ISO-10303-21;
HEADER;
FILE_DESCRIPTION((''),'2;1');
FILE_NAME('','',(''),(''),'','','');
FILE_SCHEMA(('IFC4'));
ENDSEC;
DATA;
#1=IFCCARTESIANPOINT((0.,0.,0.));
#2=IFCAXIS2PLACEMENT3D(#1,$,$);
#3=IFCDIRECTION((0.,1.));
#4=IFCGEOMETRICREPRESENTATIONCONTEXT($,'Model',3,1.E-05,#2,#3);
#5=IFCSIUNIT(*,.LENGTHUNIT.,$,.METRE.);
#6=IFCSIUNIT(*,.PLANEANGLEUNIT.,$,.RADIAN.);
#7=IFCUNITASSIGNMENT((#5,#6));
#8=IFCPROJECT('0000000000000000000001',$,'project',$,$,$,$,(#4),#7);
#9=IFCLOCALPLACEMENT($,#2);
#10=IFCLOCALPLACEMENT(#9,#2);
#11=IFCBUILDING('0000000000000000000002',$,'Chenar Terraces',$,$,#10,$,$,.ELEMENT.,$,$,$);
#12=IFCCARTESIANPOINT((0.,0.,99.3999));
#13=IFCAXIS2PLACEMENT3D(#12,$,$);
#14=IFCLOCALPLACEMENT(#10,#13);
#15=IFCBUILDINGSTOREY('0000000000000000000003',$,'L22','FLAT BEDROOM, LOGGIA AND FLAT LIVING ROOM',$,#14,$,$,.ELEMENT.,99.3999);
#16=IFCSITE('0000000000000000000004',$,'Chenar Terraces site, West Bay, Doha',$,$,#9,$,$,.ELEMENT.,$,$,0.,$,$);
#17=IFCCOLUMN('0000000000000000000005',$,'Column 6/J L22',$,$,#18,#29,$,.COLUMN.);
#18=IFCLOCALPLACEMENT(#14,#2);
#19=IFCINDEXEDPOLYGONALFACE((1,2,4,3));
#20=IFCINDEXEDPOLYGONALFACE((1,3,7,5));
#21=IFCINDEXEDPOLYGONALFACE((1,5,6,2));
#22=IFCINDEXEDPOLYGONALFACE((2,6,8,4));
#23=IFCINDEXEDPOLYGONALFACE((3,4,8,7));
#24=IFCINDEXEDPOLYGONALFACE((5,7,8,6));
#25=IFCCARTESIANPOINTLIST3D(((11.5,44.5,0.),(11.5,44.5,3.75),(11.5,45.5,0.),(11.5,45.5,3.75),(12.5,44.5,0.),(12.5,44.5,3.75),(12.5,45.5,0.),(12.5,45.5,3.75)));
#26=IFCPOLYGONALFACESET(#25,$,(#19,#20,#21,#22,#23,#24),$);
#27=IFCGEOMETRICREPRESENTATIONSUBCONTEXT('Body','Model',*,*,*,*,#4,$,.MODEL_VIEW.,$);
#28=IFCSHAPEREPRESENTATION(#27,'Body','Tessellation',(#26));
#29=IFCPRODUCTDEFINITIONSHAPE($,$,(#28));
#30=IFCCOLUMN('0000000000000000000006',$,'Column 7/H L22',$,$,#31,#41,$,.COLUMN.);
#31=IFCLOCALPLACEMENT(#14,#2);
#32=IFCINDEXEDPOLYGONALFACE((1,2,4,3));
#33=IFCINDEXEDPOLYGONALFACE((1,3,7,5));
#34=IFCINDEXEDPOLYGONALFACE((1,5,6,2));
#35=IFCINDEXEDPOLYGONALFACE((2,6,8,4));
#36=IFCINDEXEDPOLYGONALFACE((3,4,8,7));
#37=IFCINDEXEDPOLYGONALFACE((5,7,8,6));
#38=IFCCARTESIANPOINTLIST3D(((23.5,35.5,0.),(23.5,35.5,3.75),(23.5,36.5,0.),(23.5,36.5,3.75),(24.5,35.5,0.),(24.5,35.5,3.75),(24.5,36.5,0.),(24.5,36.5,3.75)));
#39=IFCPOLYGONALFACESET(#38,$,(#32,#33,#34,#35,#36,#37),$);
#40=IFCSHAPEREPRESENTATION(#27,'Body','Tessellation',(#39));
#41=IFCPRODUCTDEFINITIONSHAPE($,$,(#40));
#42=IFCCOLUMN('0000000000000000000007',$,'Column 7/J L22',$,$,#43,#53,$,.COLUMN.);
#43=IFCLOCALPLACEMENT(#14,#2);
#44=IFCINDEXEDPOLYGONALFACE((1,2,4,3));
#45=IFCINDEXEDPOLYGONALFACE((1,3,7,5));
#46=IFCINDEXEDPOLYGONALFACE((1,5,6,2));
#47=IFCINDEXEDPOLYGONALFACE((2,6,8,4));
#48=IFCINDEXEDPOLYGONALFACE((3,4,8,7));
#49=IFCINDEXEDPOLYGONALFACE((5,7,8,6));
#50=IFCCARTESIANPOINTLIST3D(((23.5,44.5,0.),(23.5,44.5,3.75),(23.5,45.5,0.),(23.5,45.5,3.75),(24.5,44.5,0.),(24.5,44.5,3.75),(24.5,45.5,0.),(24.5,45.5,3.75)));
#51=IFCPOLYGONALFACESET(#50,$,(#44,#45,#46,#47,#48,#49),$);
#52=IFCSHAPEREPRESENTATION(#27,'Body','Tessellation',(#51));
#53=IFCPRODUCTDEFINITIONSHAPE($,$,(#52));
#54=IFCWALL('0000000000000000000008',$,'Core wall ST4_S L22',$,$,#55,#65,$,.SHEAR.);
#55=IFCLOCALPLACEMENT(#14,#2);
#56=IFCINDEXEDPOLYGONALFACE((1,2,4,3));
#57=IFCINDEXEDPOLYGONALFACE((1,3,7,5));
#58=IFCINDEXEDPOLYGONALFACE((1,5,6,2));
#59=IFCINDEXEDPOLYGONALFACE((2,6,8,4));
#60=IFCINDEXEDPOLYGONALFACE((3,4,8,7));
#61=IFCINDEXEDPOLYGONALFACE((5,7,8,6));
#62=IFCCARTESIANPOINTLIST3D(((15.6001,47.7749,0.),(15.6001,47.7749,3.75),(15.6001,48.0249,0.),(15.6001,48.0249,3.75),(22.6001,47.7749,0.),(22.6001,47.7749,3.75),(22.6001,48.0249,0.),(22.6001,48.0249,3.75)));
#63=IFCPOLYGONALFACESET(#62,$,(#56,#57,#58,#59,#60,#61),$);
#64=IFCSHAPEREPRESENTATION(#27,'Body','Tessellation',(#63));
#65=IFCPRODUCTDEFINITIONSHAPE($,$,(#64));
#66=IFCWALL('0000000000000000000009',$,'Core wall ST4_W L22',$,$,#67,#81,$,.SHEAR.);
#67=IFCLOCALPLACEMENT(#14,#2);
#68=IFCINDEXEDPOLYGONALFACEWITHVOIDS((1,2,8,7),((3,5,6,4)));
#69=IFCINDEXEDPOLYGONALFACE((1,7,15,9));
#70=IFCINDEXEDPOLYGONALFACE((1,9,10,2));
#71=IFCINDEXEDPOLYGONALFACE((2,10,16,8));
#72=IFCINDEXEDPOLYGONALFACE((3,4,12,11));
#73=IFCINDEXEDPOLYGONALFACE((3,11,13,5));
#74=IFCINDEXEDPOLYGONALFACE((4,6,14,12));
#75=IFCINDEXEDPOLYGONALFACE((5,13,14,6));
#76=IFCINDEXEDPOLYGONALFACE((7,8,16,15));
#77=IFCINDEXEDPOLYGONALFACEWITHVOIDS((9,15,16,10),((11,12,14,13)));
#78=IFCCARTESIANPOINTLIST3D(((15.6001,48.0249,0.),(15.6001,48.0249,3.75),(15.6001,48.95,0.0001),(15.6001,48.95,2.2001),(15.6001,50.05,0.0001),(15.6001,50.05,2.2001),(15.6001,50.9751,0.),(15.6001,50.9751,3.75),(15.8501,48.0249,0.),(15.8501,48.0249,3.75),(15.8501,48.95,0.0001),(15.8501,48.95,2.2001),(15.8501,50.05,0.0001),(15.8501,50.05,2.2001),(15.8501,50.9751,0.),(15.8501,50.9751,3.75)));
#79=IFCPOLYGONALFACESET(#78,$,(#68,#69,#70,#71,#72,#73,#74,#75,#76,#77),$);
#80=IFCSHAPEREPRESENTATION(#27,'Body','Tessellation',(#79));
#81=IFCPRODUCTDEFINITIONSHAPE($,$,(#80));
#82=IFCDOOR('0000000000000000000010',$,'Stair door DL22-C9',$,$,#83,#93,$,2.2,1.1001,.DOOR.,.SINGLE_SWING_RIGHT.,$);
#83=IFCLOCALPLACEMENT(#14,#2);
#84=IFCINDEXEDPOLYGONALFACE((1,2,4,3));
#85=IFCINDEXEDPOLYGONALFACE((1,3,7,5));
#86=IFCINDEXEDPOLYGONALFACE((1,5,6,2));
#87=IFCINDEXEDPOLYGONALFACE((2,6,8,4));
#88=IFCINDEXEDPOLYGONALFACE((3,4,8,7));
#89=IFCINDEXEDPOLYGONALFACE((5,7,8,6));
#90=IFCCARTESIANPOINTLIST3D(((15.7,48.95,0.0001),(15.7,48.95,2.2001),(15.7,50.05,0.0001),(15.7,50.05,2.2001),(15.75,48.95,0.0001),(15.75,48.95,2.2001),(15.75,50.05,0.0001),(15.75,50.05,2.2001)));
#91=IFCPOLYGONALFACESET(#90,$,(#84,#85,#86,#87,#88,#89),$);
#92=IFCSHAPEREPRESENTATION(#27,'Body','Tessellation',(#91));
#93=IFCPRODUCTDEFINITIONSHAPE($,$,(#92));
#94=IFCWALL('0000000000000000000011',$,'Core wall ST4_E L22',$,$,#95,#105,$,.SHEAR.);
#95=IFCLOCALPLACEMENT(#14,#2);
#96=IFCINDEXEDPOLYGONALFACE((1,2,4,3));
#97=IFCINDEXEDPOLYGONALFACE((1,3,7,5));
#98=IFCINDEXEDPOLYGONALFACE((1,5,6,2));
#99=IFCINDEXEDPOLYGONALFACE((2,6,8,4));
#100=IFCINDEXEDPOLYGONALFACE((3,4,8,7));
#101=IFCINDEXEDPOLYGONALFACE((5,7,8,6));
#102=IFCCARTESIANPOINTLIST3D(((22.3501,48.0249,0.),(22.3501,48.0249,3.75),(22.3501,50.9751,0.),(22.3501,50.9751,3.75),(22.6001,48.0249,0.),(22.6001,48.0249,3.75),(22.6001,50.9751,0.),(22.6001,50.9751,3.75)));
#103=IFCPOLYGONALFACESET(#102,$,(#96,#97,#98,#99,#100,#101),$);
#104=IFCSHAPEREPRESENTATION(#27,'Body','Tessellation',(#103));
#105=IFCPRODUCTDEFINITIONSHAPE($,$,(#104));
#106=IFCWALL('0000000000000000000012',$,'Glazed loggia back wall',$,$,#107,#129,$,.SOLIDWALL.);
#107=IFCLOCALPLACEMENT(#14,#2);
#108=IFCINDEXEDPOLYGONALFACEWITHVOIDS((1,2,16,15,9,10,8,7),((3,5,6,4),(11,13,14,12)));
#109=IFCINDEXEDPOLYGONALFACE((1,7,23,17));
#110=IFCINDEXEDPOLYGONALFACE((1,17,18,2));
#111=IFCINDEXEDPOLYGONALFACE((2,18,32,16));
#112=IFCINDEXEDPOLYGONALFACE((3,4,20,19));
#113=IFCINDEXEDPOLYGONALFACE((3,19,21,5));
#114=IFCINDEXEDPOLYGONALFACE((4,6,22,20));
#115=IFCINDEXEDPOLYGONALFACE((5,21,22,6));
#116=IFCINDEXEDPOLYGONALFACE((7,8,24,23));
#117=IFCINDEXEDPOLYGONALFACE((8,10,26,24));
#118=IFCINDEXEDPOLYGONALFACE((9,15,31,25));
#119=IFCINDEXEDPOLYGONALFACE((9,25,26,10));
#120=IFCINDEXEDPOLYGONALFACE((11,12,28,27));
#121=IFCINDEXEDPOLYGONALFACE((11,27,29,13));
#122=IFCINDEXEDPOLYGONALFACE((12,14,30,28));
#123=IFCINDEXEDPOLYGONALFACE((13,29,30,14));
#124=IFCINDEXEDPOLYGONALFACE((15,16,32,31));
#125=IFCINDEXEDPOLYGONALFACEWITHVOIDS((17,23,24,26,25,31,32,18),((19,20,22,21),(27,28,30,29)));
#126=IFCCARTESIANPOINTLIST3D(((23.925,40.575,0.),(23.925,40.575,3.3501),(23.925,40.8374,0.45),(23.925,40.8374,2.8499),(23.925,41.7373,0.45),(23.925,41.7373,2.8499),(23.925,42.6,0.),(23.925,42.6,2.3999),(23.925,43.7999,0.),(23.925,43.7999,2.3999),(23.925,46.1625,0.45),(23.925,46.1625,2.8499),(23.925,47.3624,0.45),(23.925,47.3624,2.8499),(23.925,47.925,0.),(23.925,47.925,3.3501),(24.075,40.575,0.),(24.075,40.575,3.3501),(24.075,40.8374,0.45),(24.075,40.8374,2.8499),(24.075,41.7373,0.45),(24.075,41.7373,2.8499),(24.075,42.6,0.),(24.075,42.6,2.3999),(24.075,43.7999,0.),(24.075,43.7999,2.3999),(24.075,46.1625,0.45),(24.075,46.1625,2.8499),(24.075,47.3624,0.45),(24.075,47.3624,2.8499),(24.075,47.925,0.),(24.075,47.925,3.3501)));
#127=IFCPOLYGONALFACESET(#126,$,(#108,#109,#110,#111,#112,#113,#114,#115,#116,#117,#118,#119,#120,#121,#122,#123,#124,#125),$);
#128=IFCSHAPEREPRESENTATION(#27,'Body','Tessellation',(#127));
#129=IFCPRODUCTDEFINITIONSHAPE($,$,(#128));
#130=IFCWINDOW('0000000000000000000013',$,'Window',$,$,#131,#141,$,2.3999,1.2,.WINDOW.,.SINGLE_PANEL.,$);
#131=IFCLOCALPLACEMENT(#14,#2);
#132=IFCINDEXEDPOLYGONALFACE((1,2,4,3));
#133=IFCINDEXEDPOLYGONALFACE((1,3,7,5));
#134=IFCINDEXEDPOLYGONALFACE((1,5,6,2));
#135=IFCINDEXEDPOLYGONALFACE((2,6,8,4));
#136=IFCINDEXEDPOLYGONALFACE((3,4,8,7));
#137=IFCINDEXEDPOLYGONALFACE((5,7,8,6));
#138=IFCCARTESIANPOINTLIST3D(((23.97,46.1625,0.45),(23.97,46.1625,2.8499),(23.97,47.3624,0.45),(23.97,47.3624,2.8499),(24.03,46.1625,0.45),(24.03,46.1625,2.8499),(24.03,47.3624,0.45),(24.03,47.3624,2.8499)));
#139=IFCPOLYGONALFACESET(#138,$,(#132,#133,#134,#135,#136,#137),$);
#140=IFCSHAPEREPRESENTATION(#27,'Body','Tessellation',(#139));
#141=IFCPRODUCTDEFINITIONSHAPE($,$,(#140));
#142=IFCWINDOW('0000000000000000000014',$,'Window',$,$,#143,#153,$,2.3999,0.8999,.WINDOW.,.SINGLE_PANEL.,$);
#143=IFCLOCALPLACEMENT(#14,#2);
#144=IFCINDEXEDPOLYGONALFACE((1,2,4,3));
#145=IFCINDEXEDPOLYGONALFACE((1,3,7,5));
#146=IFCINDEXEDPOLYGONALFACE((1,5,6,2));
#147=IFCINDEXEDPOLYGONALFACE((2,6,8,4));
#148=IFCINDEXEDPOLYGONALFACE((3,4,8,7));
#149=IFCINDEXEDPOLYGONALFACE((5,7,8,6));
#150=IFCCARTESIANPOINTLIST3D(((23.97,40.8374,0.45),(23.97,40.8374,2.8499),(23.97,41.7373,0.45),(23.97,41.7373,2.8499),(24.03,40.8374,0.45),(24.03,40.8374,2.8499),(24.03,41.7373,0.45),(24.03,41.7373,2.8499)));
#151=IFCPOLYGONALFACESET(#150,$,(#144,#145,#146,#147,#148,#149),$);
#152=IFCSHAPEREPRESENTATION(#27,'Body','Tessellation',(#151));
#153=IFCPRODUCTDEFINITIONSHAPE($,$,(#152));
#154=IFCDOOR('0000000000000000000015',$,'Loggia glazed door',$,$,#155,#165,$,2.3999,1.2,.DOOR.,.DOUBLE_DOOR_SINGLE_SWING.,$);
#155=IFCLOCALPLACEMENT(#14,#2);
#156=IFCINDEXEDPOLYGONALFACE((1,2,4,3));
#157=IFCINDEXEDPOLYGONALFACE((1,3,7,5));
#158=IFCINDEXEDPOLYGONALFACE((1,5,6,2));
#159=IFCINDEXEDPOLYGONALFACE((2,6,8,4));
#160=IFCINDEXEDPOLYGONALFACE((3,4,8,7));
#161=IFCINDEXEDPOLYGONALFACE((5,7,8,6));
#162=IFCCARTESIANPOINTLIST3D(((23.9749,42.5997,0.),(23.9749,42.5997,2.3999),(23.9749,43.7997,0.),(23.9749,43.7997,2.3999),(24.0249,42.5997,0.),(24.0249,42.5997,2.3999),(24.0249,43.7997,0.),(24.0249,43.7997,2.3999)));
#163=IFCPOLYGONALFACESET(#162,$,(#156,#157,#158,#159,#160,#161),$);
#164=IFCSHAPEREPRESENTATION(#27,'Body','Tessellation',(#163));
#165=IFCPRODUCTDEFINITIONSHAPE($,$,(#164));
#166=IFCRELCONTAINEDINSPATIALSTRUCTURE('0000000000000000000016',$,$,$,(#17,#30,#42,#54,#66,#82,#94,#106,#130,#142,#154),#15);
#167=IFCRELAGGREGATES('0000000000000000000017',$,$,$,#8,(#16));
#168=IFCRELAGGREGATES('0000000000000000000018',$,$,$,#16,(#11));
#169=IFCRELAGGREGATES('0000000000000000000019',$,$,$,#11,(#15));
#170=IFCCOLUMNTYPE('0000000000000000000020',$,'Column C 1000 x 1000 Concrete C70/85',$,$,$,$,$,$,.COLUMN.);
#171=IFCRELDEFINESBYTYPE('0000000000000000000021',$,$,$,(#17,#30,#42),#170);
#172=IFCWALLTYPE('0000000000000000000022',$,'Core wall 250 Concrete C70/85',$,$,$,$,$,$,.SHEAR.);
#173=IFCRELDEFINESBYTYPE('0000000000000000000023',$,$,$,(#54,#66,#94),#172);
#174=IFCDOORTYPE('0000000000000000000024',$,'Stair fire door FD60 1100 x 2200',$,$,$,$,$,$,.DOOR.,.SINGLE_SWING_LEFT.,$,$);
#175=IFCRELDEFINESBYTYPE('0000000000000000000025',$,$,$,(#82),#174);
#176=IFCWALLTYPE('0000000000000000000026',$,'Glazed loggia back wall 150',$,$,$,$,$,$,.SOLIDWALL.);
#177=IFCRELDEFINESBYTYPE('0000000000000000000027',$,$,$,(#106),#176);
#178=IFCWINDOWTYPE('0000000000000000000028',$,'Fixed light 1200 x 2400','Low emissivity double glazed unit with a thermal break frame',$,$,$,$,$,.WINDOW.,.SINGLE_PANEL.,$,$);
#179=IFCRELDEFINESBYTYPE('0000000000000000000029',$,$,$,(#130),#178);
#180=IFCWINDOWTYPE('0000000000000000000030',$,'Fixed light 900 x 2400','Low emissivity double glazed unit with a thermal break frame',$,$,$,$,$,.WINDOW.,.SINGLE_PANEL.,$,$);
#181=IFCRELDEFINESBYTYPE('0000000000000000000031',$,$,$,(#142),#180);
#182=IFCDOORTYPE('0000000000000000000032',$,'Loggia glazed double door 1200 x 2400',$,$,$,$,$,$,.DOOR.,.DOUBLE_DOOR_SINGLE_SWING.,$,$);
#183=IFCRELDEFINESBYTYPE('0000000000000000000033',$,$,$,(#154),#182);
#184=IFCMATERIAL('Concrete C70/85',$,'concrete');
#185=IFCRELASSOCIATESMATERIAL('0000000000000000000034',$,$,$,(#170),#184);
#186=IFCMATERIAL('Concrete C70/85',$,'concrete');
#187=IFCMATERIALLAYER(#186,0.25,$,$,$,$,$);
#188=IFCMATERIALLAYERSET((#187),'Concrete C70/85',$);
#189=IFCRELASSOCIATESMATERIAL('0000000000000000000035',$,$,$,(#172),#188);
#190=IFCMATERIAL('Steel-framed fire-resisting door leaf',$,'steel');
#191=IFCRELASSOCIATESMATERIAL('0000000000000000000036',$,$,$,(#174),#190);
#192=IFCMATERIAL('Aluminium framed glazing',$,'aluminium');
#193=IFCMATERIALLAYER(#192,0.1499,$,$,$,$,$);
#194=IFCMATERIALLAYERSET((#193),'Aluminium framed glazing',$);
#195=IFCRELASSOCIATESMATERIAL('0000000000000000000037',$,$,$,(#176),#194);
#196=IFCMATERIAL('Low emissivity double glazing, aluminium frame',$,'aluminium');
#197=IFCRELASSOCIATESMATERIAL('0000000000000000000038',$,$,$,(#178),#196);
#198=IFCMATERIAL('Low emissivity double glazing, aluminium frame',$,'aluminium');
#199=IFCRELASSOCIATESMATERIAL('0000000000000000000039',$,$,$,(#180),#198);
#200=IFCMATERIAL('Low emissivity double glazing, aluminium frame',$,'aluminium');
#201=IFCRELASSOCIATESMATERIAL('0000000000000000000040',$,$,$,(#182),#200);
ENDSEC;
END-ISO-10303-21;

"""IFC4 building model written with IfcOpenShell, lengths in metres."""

from ifc_helpers import new_model, si_unit, direction, frame, frame_2d, origin, origin_2d, place, context, subcontext, project, spatial, rectangle, extrude, material, layer, layer_set, material_profile, profile_set, type_object, element, fill, save


model = new_model("IFC4")

# Units and contexts
model_context = context("Model", 3, precision=1e-05, world=origin(), true_north=direction((0.0, 1.0)))
body_context = subcontext(model_context, "Body", "Model", "MODEL_VIEW")
ifc_project = project(units=[si_unit("LENGTHUNIT", "METRE"), si_unit("PLANEANGLEUNIT", "RADIAN")], contexts=[model_context])

# Site, building, storey
site_placement = place(None, origin())
site = spatial("IfcSite", under=ifc_project, at=site_placement, Name="Chenar Terraces site, West Bay, Doha", CompositionType="ELEMENT", RefElevation=0.0)
building_placement = place(site_placement, origin())
building = spatial("IfcBuilding", under=site, at=building_placement, Name="Chenar Terraces", CompositionType="ELEMENT")
storey_placement = place(building_placement, frame((0.0, 0.0, 99.3999)))
storey = spatial("IfcBuildingStorey", under=building, at=storey_placement, Name="L22", Description="FLAT BEDROOM, LOGGIA AND FLAT LIVING ROOM", CompositionType="ELEMENT", Elevation=99.3999)

# Columns
ifc_material_1 = material(Name="Concrete C70/85", Category="concrete")
ifc_material_profile = material_profile(ifc_material_1, rectangle(XDim=1.0, YDim=1.0, at=origin_2d()), Name="C 1000 x 1000")
ifc_profile_set = profile_set([ifc_material_profile], Name="Concrete C70/85")
column_type = type_object("IfcColumnType", Name="Column C 1000 x 1000 Concrete C70/85", PredefinedType="COLUMN", material=ifc_profile_set)
for number, where, z_axis, x_axis, name in (
    (1, (12.0, 45.0, 0.0), (0.0, 0.0, 1.0), (1.0, 0.0, 0.0), "Column 6/J L22"),
    (2, (24.0, 36.0, 0.0), (0.0, 0.0, 1.0), (1.0, 0.0, 0.0), "Column 7/H L22"),
    (3, (24.0, 45.0, 0.0), (0.0, 0.0, 1.0), (1.0, 0.0, 0.0), "Column 7/J L22"),
):
    element("IfcColumn", number, at=place(storey_placement, frame(where, z_axis=z_axis, x_axis=x_axis)), inside=storey, type_object=column_type, Name=name, PredefinedType="COLUMN", context=body_context, shape_type="SweptSolid", body=[
        extrude(rectangle(XDim=1.0, YDim=1.0, at=origin_2d()), origin(), (0.0, 0.0, 1.0), 3.75),
    ])

# Wall
ifc_material_2 = material(Name="Concrete C70/85", Category="concrete")
ifc_layer_1 = layer(ifc_material_2, 0.25)
ifc_layer_set_1 = layer_set([ifc_layer_1], Name="Concrete C70/85")
wall_type_1 = type_object("IfcWallType", Name="Core wall 250 Concrete C70/85", PredefinedType="SHEAR", material=ifc_layer_set_1)
wall_1_placement = place(storey_placement, frame((15.6001, 47.8999, 0.0), z_axis=(0.0, 0.0, 1.0), x_axis=(1.0, 0.0, 0.0)))
element("IfcWall", 4, at=wall_1_placement, inside=storey, type_object=wall_type_1, Name="Core wall ST4_S L22", PredefinedType="SHEAR", context=body_context, shape_type="SweptSolid", body=[
    extrude(rectangle(XDim=7.0, YDim=0.25, at=frame_2d((3.5, 0.0))), origin(), (0.0, 0.0, 1.0), 3.75),
])

# Wall, opening, door
wall_2_placement = place(storey_placement, frame((15.7251, 48.0249, 0.0), z_axis=(0.0, 0.0, 1.0), x_axis=(0.0, 1.0, 0.0)))
wall_2 = element("IfcWall", 5, at=wall_2_placement, inside=storey, type_object=wall_type_1, Name="Core wall ST4_W L22", PredefinedType="SHEAR", context=body_context, shape_type="SweptSolid", body=[
    extrude(rectangle(XDim=2.9502, YDim=0.25, at=frame_2d((1.4751, 0.0))), origin(), (0.0, 0.0, 1.0), 3.75),
])
opening_1_placement = place(wall_2_placement, frame((0.925, 0.0, 0.0)))
opening_1 = element("IfcOpeningElement", 6, at=opening_1_placement, cuts=wall_2, PredefinedType="OPENING", context=body_context, shape_type="SweptSolid", body=[
    extrude(rectangle(XDim=1.1001, YDim=2.2, at=frame_2d((0.55, 1.1001))), frame((0.0, 0.135, 0.0), z_axis=(0.0, -1.0, 0.0), x_axis=(1.0, 0.0, 0.0)), (0.0, 0.0, 1.0), 0.27),
])
ifc_material_3 = material(Name="Steel-framed fire-resisting door leaf", Category="steel")
door_type_1 = type_object("IfcDoorType", Name="Stair fire door FD60 1100 x 2200", OperationType="SINGLE_SWING_LEFT", PredefinedType="DOOR", material=ifc_material_3)
door_1_placement = place(opening_1_placement, frame((1.1001, 0.0, 0.0), z_axis=(0.0, 0.0, 1.0), x_axis=(-1.0, 0.0, 0.0)))
door_1 = element("IfcDoor", 7, at=door_1_placement, inside=storey, type_object=door_type_1, Name="Stair door DL22-C9", OperationType="SINGLE_SWING_RIGHT", OverallHeight=2.2, OverallWidth=1.1001, PredefinedType="DOOR", context=body_context, shape_type="SweptSolid", body=[
    extrude(rectangle(XDim=1.1001, YDim=2.2, at=frame_2d((0.55, 1.1001))), frame((0.0, 0.0249, 0.0), z_axis=(0.0, -1.0, 0.0), x_axis=(1.0, 0.0, 0.0)), (0.0, 0.0, 1.0), 0.05),
])
fill(opening_1, door_1)

# Wall
wall_3_placement = place(storey_placement, frame((22.4751, 48.0249, 0.0), z_axis=(0.0, 0.0, 1.0), x_axis=(0.0, 1.0, 0.0)))
element("IfcWall", 8, at=wall_3_placement, inside=storey, type_object=wall_type_1, Name="Core wall ST4_E L22", PredefinedType="SHEAR", context=body_context, shape_type="SweptSolid", body=[
    extrude(rectangle(XDim=2.9502, YDim=0.25, at=frame_2d((1.4751, 0.0))), origin(), (0.0, 0.0, 1.0), 3.75),
])

# Wall, openings, windows, door
ifc_material_4 = material(Name="Aluminium framed glazing", Category="aluminium")
ifc_layer_2 = layer(ifc_material_4, 0.1499)
ifc_layer_set_2 = layer_set([ifc_layer_2], Name="Aluminium framed glazing")
wall_type_2 = type_object("IfcWallType", Name="Glazed loggia back wall 150", PredefinedType="SOLIDWALL", material=ifc_layer_set_2)
wall_4_placement = place(storey_placement, frame((24.0, 40.575, 0.0), z_axis=(0.0, 0.0, 1.0), x_axis=(0.0, 1.0, 0.0)))
wall_4 = element("IfcWall", 9, at=wall_4_placement, inside=storey, type_object=wall_type_2, Name="Glazed loggia back wall", PredefinedType="SOLIDWALL", context=body_context, shape_type="SweptSolid", body=[
    extrude(rectangle(XDim=7.3501, YDim=0.1499, at=frame_2d((3.675, 0.0))), origin(), (0.0, 0.0, 1.0), 3.3501),
])
opening_2_placement = place(wall_4_placement, frame((0.2625, 0.0, 0.45)))
opening_2 = element("IfcOpeningElement", 10, at=opening_2_placement, cuts=wall_4, PredefinedType="OPENING", context=body_context, shape_type="SweptSolid", body=[
    extrude(rectangle(XDim=0.8999, YDim=2.3999, at=frame_2d((0.45, 1.2))), frame((0.0, 0.085, 0.0), z_axis=(0.0, -1.0, 0.0), x_axis=(1.0, 0.0, 0.0)), (0.0, 0.0, 1.0), 0.1699),
])
opening_3_placement = place(wall_4_placement, frame((2.0249, 0.0, 0.0)))
opening_3 = element("IfcOpeningElement", 11, at=opening_3_placement, cuts=wall_4, PredefinedType="OPENING", context=body_context, shape_type="SweptSolid", body=[
    extrude(rectangle(XDim=1.2, YDim=2.3999, at=frame_2d((0.6001, 1.2))), frame((0.0, 0.085, 0.0), z_axis=(0.0, -1.0, 0.0), x_axis=(1.0, 0.0, 0.0)), (0.0, 0.0, 1.0), 0.1699),
])
opening_4_placement = place(wall_4_placement, frame((5.5874, 0.0, 0.45)))
opening_4 = element("IfcOpeningElement", 12, at=opening_4_placement, cuts=wall_4, PredefinedType="OPENING", context=body_context, shape_type="SweptSolid", body=[
    extrude(rectangle(XDim=1.2, YDim=2.3999, at=frame_2d((0.6001, 1.2))), frame((0.0, 0.085, 0.0), z_axis=(0.0, -1.0, 0.0), x_axis=(1.0, 0.0, 0.0)), (0.0, 0.0, 1.0), 0.1699),
])
ifc_material_5 = material(Name="Low emissivity double glazing, aluminium frame", Category="aluminium")
window_type_1 = type_object("IfcWindowType", Name="Fixed light 1200 x 2400", Description="Low emissivity double glazed unit with a thermal break frame", PartitioningType="SINGLE_PANEL", PredefinedType="WINDOW", material=ifc_material_5)
window_1_placement = place(opening_4_placement, origin())
window_1 = element("IfcWindow", 13, at=window_1_placement, inside=storey, type_object=window_type_1, Name="Window", OverallHeight=2.3999, OverallWidth=1.2, PartitioningType="SINGLE_PANEL", PredefinedType="WINDOW", context=body_context, shape_type="SweptSolid", body=[
    extrude(rectangle(XDim=1.2, YDim=2.3999, at=frame_2d((0.6001, 1.2))), frame((0.0, 0.03, 0.0), z_axis=(0.0, -1.0, 0.0), x_axis=(1.0, 0.0, 0.0)), (0.0, 0.0, 1.0), 0.0601),
])
fill(opening_4, window_1)
ifc_material_6 = material(Name="Low emissivity double glazing, aluminium frame", Category="aluminium")
window_type_2 = type_object("IfcWindowType", Name="Fixed light 900 x 2400", Description="Low emissivity double glazed unit with a thermal break frame", PartitioningType="SINGLE_PANEL", PredefinedType="WINDOW", material=ifc_material_6)
window_2_placement = place(opening_2_placement, origin())
window_2 = element("IfcWindow", 14, at=window_2_placement, inside=storey, type_object=window_type_2, Name="Window", OverallHeight=2.3999, OverallWidth=0.8999, PartitioningType="SINGLE_PANEL", PredefinedType="WINDOW", context=body_context, shape_type="SweptSolid", body=[
    extrude(rectangle(XDim=0.8999, YDim=2.3999, at=frame_2d((0.45, 1.2))), frame((0.0, 0.03, 0.0), z_axis=(0.0, -1.0, 0.0), x_axis=(1.0, 0.0, 0.0)), (0.0, 0.0, 1.0), 0.0601),
])
fill(opening_2, window_2)
ifc_material_7 = material(Name="Low emissivity double glazing, aluminium frame", Category="aluminium")
door_type_2 = type_object("IfcDoorType", Name="Loggia glazed double door 1200 x 2400", OperationType="DOUBLE_DOOR_SINGLE_SWING", PredefinedType="DOOR", material=ifc_material_7)
door_2_placement = place(opening_3_placement, frame((1.2, 0.0, 0.0), z_axis=(0.0, 0.0, 1.0), x_axis=(-1.0, 0.0, 0.0)))
door_2 = element("IfcDoor", 15, at=door_2_placement, inside=storey, type_object=door_type_2, Name="Loggia glazed door", OperationType="DOUBLE_DOOR_SINGLE_SWING", OverallHeight=2.3999, OverallWidth=1.2, PredefinedType="DOOR", context=body_context, shape_type="SweptSolid", body=[
    extrude(rectangle(XDim=1.2, YDim=2.3999, at=frame_2d((0.6001, 1.2))), frame((0.0, 0.0249, 0.0), z_axis=(0.0, -1.0, 0.0), x_axis=(1.0, 0.0, 0.0)), (0.0, 0.0, 1.0), 0.05),
])
fill(opening_3, door_2)

save(model, "model.ifc")
